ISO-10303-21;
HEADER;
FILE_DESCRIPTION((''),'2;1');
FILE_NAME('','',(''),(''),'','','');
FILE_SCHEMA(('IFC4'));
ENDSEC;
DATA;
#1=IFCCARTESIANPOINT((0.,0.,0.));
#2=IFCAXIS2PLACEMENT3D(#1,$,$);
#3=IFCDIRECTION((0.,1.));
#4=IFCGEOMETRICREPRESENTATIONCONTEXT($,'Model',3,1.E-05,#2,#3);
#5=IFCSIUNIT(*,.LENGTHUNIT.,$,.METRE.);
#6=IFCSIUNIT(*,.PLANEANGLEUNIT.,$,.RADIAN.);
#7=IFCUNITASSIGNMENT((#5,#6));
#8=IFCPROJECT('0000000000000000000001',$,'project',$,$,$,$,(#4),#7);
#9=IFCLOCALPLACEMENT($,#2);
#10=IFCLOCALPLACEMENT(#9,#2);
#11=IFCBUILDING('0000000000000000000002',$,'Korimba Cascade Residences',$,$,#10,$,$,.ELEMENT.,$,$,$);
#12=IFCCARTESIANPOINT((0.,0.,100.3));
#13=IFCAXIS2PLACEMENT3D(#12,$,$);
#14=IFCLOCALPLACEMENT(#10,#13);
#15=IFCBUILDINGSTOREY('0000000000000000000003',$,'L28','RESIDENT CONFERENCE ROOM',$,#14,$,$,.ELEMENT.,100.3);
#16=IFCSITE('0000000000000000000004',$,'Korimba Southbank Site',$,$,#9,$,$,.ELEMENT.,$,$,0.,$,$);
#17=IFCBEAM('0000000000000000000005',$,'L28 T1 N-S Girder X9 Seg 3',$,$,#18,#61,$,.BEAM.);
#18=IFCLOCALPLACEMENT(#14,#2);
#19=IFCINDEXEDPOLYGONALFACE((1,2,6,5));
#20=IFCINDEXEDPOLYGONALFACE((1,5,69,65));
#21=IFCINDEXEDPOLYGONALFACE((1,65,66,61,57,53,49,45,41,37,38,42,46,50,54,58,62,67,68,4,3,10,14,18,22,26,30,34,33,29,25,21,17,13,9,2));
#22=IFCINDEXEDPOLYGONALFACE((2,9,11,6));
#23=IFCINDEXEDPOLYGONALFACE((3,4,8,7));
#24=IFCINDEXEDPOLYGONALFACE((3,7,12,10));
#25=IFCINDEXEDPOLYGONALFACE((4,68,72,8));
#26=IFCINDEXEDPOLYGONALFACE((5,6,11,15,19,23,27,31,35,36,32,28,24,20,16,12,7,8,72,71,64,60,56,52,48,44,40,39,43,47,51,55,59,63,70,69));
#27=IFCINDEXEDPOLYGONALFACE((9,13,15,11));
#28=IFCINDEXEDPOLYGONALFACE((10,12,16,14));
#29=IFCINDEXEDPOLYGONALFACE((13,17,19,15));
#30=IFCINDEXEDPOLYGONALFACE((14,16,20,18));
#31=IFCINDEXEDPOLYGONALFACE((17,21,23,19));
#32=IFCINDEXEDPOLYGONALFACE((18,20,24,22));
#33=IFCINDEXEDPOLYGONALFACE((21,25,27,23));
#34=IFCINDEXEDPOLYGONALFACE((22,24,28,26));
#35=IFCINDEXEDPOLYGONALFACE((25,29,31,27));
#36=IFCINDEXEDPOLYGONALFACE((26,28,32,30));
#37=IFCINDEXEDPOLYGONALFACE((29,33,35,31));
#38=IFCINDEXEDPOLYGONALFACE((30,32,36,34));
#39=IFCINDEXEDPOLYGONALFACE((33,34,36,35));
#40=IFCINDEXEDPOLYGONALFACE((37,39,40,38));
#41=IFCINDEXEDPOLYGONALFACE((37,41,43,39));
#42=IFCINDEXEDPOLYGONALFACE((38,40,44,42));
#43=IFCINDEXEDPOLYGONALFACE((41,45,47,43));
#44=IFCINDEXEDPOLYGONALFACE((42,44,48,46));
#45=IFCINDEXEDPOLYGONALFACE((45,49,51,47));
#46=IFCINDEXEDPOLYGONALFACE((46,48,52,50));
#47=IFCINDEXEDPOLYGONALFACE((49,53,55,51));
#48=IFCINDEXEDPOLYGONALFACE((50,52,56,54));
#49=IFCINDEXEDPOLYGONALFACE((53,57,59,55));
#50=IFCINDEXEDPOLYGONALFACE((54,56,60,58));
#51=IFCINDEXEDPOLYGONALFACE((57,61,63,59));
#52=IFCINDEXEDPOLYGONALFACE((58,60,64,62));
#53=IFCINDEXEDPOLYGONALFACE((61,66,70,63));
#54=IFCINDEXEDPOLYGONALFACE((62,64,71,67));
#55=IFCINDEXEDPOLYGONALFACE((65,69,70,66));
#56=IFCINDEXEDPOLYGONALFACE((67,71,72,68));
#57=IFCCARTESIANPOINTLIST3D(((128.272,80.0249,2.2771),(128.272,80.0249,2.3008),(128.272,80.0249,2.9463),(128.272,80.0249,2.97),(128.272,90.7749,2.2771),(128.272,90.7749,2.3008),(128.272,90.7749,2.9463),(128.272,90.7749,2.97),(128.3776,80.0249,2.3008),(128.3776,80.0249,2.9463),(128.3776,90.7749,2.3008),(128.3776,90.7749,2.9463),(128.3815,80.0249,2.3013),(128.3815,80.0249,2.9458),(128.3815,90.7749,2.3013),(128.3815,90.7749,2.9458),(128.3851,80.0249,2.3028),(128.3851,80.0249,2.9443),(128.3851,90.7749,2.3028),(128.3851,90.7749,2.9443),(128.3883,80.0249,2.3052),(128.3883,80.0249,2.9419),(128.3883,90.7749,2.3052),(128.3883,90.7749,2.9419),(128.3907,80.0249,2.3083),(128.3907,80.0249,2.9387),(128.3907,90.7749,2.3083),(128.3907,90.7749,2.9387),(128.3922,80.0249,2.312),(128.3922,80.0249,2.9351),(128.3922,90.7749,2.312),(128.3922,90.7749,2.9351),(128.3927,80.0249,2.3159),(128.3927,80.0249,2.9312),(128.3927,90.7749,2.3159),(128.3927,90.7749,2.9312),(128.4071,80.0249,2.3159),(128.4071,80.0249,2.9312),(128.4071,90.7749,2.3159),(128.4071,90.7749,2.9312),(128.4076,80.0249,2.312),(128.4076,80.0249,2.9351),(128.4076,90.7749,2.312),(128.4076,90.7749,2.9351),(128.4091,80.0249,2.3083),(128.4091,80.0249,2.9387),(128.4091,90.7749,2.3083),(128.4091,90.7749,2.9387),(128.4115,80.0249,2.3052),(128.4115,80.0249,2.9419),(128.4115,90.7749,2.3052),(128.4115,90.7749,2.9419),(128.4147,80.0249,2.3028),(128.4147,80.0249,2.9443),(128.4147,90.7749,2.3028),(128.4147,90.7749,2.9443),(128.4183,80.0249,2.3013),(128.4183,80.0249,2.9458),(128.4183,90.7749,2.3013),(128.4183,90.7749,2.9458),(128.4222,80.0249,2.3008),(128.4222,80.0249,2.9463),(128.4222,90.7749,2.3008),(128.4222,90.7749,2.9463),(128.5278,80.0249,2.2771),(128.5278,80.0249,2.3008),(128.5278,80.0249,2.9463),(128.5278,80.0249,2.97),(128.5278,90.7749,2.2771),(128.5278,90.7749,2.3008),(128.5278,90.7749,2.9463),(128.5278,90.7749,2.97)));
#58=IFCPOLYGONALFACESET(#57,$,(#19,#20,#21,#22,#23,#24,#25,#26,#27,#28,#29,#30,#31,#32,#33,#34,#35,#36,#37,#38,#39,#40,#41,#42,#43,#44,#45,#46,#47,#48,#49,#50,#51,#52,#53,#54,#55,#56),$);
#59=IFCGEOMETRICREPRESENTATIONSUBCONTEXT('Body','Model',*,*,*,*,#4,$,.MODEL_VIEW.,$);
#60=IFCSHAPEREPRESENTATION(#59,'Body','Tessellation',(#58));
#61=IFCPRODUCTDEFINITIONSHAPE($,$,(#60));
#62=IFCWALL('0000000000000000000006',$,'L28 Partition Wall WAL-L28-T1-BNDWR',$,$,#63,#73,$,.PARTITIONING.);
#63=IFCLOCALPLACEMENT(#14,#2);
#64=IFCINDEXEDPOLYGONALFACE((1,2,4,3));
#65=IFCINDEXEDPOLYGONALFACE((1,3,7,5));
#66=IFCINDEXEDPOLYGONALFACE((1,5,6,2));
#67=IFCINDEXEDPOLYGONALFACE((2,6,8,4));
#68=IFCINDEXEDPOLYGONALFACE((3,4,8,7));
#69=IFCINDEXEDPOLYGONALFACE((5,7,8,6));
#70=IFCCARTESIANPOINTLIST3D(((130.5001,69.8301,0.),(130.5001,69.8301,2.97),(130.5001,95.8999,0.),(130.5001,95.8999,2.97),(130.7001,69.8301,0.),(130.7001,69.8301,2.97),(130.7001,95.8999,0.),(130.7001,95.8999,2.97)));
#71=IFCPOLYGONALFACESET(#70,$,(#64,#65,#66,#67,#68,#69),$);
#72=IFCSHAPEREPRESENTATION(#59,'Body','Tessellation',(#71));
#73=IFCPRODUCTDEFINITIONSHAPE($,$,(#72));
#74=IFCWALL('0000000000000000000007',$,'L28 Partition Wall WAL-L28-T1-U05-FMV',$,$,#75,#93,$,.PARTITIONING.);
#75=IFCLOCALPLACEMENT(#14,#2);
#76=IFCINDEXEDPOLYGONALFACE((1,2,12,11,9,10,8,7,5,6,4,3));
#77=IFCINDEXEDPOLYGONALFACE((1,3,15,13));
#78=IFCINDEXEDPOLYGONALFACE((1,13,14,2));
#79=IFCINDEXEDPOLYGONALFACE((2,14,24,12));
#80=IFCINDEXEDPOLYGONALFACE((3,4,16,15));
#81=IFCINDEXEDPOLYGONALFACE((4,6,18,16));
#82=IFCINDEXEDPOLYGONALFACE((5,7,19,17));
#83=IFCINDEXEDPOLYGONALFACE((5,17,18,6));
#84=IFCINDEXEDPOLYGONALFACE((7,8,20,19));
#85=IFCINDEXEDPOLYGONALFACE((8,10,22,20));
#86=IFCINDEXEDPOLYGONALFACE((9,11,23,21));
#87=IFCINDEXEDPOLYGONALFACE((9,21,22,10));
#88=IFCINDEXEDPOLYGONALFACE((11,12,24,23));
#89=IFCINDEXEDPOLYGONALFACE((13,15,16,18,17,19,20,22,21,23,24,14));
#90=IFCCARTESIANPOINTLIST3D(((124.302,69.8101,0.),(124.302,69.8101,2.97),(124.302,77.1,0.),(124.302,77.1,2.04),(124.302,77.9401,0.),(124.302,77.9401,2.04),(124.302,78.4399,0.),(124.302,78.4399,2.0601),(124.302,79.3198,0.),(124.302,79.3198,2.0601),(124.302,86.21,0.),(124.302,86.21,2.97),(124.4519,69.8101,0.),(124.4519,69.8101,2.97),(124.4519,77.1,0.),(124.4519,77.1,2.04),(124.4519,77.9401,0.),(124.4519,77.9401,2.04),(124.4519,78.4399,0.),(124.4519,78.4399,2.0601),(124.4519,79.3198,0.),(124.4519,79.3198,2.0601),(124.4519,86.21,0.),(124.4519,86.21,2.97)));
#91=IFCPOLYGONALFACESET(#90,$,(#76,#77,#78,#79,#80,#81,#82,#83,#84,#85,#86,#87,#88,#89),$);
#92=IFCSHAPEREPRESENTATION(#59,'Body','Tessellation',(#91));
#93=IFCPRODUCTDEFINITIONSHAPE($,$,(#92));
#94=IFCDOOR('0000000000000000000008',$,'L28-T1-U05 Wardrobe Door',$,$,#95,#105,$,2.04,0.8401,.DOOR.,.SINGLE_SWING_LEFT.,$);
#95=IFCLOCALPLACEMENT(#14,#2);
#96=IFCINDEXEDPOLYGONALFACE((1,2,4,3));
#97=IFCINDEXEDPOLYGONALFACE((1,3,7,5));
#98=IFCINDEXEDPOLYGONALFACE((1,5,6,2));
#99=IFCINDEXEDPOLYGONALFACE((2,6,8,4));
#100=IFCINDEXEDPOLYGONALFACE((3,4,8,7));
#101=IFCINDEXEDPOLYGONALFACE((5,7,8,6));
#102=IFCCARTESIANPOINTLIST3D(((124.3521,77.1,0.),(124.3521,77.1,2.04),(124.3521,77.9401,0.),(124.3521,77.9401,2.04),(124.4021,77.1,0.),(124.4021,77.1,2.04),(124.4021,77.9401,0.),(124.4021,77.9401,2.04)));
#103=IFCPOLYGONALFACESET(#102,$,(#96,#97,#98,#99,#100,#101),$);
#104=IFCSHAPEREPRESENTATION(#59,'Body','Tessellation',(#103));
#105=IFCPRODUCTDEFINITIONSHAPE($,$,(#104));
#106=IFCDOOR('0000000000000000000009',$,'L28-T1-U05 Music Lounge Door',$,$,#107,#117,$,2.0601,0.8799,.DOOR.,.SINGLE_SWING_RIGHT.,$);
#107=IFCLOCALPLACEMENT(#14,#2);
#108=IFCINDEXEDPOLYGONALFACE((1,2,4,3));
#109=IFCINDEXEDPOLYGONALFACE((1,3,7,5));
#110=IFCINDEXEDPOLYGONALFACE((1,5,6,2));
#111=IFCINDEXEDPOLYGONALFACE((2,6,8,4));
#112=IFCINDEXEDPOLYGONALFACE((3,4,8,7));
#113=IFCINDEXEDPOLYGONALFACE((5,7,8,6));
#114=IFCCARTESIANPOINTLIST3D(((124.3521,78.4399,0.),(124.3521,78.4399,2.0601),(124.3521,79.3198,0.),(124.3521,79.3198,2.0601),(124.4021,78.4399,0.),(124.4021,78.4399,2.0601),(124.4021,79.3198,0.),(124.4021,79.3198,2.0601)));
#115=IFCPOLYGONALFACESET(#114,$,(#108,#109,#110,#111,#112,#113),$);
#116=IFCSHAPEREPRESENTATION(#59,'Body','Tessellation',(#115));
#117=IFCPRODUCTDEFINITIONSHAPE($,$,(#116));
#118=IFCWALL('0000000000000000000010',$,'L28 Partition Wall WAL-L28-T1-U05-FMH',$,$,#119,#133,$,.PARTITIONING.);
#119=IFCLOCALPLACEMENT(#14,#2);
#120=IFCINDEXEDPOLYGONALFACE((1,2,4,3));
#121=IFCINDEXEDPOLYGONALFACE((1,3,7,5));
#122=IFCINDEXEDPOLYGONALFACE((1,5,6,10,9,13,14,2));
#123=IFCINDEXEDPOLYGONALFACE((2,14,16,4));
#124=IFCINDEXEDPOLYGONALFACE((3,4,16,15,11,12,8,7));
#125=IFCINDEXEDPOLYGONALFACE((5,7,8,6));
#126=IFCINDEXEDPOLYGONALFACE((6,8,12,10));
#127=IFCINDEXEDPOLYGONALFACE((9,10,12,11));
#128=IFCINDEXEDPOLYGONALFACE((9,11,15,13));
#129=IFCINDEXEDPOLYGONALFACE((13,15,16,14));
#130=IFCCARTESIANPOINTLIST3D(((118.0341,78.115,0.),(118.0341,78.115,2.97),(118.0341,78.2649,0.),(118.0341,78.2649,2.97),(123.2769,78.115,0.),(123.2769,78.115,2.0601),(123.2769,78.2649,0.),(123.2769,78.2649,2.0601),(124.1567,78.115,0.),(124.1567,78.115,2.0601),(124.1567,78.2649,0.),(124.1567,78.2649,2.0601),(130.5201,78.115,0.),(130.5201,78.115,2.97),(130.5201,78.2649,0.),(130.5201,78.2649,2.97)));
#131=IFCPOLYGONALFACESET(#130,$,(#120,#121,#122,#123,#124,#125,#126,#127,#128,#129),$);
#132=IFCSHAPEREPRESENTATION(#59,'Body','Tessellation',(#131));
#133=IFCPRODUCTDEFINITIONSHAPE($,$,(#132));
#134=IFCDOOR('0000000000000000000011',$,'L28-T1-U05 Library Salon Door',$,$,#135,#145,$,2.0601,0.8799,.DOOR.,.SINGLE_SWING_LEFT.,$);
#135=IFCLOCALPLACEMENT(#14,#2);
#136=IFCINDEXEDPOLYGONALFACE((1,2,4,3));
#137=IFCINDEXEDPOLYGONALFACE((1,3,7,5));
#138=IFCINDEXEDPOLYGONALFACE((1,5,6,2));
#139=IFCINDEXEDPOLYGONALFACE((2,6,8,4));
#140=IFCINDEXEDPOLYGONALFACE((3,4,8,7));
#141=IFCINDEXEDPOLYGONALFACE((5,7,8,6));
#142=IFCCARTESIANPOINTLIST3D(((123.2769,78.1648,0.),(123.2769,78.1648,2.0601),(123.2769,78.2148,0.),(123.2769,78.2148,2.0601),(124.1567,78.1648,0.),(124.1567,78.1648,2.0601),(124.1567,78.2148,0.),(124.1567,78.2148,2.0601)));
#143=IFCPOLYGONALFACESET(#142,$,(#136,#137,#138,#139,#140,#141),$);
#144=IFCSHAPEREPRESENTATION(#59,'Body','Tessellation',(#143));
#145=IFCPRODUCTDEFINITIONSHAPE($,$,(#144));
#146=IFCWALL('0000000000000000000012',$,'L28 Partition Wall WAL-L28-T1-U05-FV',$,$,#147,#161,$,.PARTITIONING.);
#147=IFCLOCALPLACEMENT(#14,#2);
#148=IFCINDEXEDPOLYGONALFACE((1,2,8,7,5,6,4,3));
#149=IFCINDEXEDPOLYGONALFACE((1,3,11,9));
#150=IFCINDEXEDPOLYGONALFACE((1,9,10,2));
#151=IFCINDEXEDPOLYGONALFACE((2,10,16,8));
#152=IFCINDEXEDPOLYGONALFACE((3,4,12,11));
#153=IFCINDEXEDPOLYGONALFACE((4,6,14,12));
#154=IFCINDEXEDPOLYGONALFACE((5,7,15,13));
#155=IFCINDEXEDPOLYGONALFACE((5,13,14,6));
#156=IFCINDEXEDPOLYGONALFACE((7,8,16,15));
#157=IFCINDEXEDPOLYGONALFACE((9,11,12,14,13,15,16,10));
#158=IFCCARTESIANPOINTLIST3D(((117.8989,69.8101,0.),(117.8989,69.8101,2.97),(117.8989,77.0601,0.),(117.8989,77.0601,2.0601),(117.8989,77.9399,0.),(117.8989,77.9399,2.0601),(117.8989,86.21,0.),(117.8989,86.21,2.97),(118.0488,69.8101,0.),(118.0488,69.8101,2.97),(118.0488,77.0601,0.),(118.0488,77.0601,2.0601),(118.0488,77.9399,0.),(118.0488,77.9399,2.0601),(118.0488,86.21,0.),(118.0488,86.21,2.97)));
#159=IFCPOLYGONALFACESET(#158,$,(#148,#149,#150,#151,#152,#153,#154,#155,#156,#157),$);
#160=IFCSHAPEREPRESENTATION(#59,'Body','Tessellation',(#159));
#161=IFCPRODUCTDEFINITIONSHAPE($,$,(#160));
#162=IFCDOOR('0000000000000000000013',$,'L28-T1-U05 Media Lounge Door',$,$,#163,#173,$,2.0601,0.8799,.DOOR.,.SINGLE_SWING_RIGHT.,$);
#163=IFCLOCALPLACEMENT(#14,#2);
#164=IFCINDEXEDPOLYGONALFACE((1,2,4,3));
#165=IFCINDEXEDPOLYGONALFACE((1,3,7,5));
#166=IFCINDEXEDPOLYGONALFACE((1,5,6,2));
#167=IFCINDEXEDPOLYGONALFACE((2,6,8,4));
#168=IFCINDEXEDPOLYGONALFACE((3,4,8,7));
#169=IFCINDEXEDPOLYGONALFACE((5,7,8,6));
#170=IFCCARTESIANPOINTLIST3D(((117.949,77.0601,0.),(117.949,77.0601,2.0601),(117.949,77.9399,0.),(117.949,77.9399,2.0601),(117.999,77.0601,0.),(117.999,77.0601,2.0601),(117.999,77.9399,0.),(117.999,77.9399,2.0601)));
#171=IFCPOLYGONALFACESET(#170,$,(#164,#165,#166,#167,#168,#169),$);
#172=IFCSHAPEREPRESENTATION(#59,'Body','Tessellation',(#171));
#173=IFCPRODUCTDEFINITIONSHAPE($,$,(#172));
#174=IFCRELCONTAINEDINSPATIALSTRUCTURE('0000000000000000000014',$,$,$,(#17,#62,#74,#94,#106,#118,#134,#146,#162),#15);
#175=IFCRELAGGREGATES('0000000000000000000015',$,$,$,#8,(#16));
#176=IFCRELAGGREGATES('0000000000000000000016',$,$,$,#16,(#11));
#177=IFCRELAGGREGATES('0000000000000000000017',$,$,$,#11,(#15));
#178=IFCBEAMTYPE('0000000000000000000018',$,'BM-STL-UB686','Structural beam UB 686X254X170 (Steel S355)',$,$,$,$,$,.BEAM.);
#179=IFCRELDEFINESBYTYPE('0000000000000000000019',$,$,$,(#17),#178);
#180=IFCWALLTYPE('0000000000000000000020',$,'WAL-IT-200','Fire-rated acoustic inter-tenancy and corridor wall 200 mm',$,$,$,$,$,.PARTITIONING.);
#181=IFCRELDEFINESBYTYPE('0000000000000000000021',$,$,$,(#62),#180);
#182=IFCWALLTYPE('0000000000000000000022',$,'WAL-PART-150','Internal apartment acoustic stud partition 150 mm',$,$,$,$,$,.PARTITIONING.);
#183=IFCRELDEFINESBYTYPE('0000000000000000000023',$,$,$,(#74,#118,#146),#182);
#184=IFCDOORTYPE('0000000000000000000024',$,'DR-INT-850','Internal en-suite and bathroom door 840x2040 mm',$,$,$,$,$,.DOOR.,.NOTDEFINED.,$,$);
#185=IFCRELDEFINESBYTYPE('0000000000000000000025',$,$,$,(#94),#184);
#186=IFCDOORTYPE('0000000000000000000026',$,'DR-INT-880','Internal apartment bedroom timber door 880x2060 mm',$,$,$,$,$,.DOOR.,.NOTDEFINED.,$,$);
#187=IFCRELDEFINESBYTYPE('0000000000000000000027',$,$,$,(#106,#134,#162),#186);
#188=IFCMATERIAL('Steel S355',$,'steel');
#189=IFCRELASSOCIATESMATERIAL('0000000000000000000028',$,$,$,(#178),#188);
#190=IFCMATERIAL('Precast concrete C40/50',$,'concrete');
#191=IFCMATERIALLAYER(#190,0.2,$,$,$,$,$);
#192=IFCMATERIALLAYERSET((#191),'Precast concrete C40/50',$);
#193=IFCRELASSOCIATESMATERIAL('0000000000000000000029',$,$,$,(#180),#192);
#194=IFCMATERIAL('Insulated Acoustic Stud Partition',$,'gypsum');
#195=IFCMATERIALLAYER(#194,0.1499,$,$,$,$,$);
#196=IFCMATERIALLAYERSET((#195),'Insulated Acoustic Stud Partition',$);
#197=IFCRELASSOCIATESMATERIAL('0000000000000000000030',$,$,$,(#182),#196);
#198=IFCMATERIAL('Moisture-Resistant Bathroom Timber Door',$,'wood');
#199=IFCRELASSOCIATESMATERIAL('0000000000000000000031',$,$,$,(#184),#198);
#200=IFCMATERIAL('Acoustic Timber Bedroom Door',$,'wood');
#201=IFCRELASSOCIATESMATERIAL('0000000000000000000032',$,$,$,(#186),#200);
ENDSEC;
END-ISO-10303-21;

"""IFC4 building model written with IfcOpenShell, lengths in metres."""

from ifc_helpers import new_model, si_unit, direction, frame, frame_2d, origin, origin_2d, place, context, subcontext, project, spatial, rectangle, i_section, extrude, material, layer, layer_set, material_profile, profile_set, type_object, element, fill, save


model = new_model("IFC4")

# Units and contexts
model_context = context("Model", 3, precision=1e-05, world=origin(), true_north=direction((0.0, 1.0)))
body_context = subcontext(model_context, "Body", "Model", "MODEL_VIEW")
ifc_project = project(units=[si_unit("LENGTHUNIT", "METRE"), si_unit("PLANEANGLEUNIT", "RADIAN")], contexts=[model_context])

# Site, building, storey
site_placement = place(None, origin())
site = spatial("IfcSite", under=ifc_project, at=site_placement, Name="Korimba Southbank Site", CompositionType="ELEMENT", RefElevation=0.0)
building_placement = place(site_placement, origin())
building = spatial("IfcBuilding", under=site, at=building_placement, Name="Korimba Cascade Residences", CompositionType="ELEMENT")
storey_placement = place(building_placement, frame((0.0, 0.0, 100.3)))
storey = spatial("IfcBuildingStorey", under=building, at=storey_placement, Name="L28", Description="RESIDENT CONFERENCE ROOM", CompositionType="ELEMENT", Elevation=100.3)

# Beam
ifc_material_1 = material(Name="Steel S355", Category="steel")
ifc_material_profile_1 = material_profile(ifc_material_1, i_section(OverallWidth=0.2559, OverallDepth=0.6929, WebThickness=0.0144, FlangeThickness=0.0237, FilletRadius=0.0151, at=origin_2d()), Name="Steel S355")
ifc_profile_set_1 = profile_set([ifc_material_profile_1], Name="Steel S355")
beam_type_1 = type_object("IfcBeamType", Name="BM-STL-UB686", Description="Structural beam UB 686X254X170 (Steel S355)", PredefinedType="BEAM", material=ifc_profile_set_1)
beam_1_placement = place(storey_placement, frame((128.3999, 80.0249, 2.6235), z_axis=(0.0, 1.0, 0.0), x_axis=(-1.0, 0.0, 0.0)))
element("IfcBeam", 1, at=beam_1_placement, inside=storey, type_object=beam_type_1, Name="L28 T1 N-S Girder X9 Seg 3", PredefinedType="BEAM", context=body_context, shape_type="SweptSolid", body=[
    extrude(i_section(OverallWidth=0.2559, OverallDepth=0.6929, WebThickness=0.0144, FlangeThickness=0.0237, FilletRadius=0.0151, at=origin_2d()), origin(), (0.0, 0.0, 1.0), 10.75),
])

# Wall
ifc_material_2 = material(Name="Precast concrete C40/50", Category="concrete")
ifc_layer_1 = layer(ifc_material_2, 0.2)
ifc_layer_set_1 = layer_set([ifc_layer_1], Name="Precast concrete C40/50")
wall_type_1 = type_object("IfcWallType", Name="WAL-IT-200", Description="Fire-rated acoustic inter-tenancy and corridor wall 200 mm", PredefinedType="PARTITIONING", material=ifc_layer_set_1)
wall_1_placement = place(storey_placement, frame((130.6001, 69.8301, 0.0), z_axis=(0.0, 0.0, 1.0), x_axis=(0.0, 1.0, 0.0)))
element("IfcWall", 2, at=wall_1_placement, inside=storey, type_object=wall_type_1, Name="L28 Partition Wall WAL-L28-T1-BNDWR", PredefinedType="PARTITIONING", context=body_context, shape_type="SweptSolid", body=[
    extrude(rectangle(XDim=26.0698, YDim=0.2, at=frame_2d((13.0349, 0.0))), origin(), (0.0, 0.0, 1.0), 2.97),
])

# Wall, openings, doors
ifc_material_3 = material(Name="Insulated Acoustic Stud Partition", Category="gypsum")
ifc_layer_2 = layer(ifc_material_3, 0.1499)
ifc_layer_set_2 = layer_set([ifc_layer_2], Name="Insulated Acoustic Stud Partition")
wall_type_2 = type_object("IfcWallType", Name="WAL-PART-150", Description="Internal apartment acoustic stud partition 150 mm", PredefinedType="PARTITIONING", material=ifc_layer_set_2)
wall_2_placement = place(storey_placement, frame((124.377, 69.8101, 0.0), z_axis=(0.0, 0.0, 1.0), x_axis=(0.0, 1.0, 0.0)))
wall_2 = element("IfcWall", 3, at=wall_2_placement, inside=storey, type_object=wall_type_2, Name="L28 Partition Wall WAL-L28-T1-U05-FMV", PredefinedType="PARTITIONING", context=body_context, shape_type="SweptSolid", body=[
    extrude(rectangle(XDim=16.3999, YDim=0.1499, at=frame_2d((8.2, 0.0))), origin(), (0.0, 0.0, 1.0), 2.97),
])
opening_1_placement = place(wall_2_placement, frame((7.29, 0.0, 0.0)))
opening_1 = element("IfcOpeningElement", 4, at=opening_1_placement, cuts=wall_2, PredefinedType="OPENING", context=body_context, shape_type="SweptSolid", body=[
    extrude(rectangle(XDim=0.8401, YDim=2.04, at=frame_2d((0.4199, 1.02))), frame((0.0, 0.085, 0.0), z_axis=(0.0, -1.0, 0.0), x_axis=(1.0, 0.0, 0.0)), (0.0, 0.0, 1.0), 0.1699),
])
opening_2_placement = place(wall_2_placement, frame((8.6299, 0.0, 0.0)))
opening_2 = element("IfcOpeningElement", 5, at=opening_2_placement, cuts=wall_2, PredefinedType="OPENING", context=body_context, shape_type="SweptSolid", body=[
    extrude(rectangle(XDim=0.8799, YDim=2.0601, at=frame_2d((0.4399, 1.03))), frame((0.0, 0.085, 0.0), z_axis=(0.0, -1.0, 0.0), x_axis=(1.0, 0.0, 0.0)), (0.0, 0.0, 1.0), 0.1699),
])
ifc_material_4 = material(Name="Moisture-Resistant Bathroom Timber Door", Category="wood")
door_type_1 = type_object("IfcDoorType", Name="DR-INT-850", Description="Internal en-suite and bathroom door 840x2040 mm", OperationType="NOTDEFINED", PredefinedType="DOOR", material=ifc_material_4)
door_1_placement = place(opening_1_placement, origin())
door_1 = element("IfcDoor", 6, at=door_1_placement, inside=storey, type_object=door_type_1, Name="L28-T1-U05 Wardrobe Door", OperationType="SINGLE_SWING_LEFT", OverallHeight=2.04, OverallWidth=0.8401, PredefinedType="DOOR", context=body_context, shape_type="SweptSolid", body=[
    extrude(rectangle(XDim=0.8401, YDim=2.04, at=frame_2d((0.4199, 1.02))), frame((0.0, 0.0249, 0.0), z_axis=(0.0, -1.0, 0.0), x_axis=(1.0, 0.0, 0.0)), (0.0, 0.0, 1.0), 0.05),
])
fill(opening_1, door_1)
ifc_material_5 = material(Name="Acoustic Timber Bedroom Door", Category="wood")
door_type_2 = type_object("IfcDoorType", Name="DR-INT-880", Description="Internal apartment bedroom timber door 880x2060 mm", OperationType="NOTDEFINED", PredefinedType="DOOR", material=ifc_material_5)
door_2_placement = place(opening_2_placement, origin())
door_2 = element("IfcDoor", 7, at=door_2_placement, inside=storey, type_object=door_type_2, Name="L28-T1-U05 Music Lounge Door", OperationType="SINGLE_SWING_RIGHT", OverallHeight=2.0601, OverallWidth=0.8799, PredefinedType="DOOR", context=body_context, shape_type="SweptSolid", body=[
    extrude(rectangle(XDim=0.8799, YDim=2.0601, at=frame_2d((0.4399, 1.03))), frame((0.0, 0.0249, 0.0), z_axis=(0.0, -1.0, 0.0), x_axis=(1.0, 0.0, 0.0)), (0.0, 0.0, 1.0), 0.05),
])
fill(opening_2, door_2)

# Walls, openings, doors
wall_3_placement = place(storey_placement, frame((118.0339, 78.1899, 0.0), z_axis=(0.0, 0.0, 1.0), x_axis=(1.0, 0.0, 0.0)))
wall_3 = element("IfcWall", 8, at=wall_3_placement, inside=storey, type_object=wall_type_2, Name="L28 Partition Wall WAL-L28-T1-U05-FMH", PredefinedType="PARTITIONING", context=body_context, shape_type="SweptSolid", body=[
    extrude(rectangle(XDim=12.4861, YDim=0.1499, at=frame_2d((6.2432, 0.0))), origin(), (0.0, 0.0, 1.0), 2.97),
])
opening_3_placement = place(wall_3_placement, frame((5.2429, 0.0, 0.0)))
opening_3 = element("IfcOpeningElement", 9, at=opening_3_placement, cuts=wall_3, PredefinedType="OPENING", context=body_context, shape_type="SweptSolid", body=[
    extrude(rectangle(XDim=0.8799, YDim=2.0601, at=frame_2d((0.4399, 1.03))), frame((0.0, 0.085, 0.0), z_axis=(0.0, -1.0, 0.0), x_axis=(1.0, 0.0, 0.0)), (0.0, 0.0, 1.0), 0.1699),
])
door_3_placement = place(opening_3_placement, origin())
door_3 = element("IfcDoor", 10, at=door_3_placement, inside=storey, type_object=door_type_2, Name="L28-T1-U05 Library Salon Door", OperationType="SINGLE_SWING_LEFT", OverallHeight=2.0601, OverallWidth=0.8799, PredefinedType="DOOR", context=body_context, shape_type="SweptSolid", body=[
    extrude(rectangle(XDim=0.8799, YDim=2.0601, at=frame_2d((0.4399, 1.03))), frame((0.0, 0.0249, 0.0), z_axis=(0.0, -1.0, 0.0), x_axis=(1.0, 0.0, 0.0)), (0.0, 0.0, 1.0), 0.05),
])
fill(opening_3, door_3)
wall_4_placement = place(storey_placement, frame((117.9739, 69.8101, 0.0), z_axis=(0.0, 0.0, 1.0), x_axis=(0.0, 1.0, 0.0)))
wall_4 = element("IfcWall", 11, at=wall_4_placement, inside=storey, type_object=wall_type_2, Name="L28 Partition Wall WAL-L28-T1-U05-FV", PredefinedType="PARTITIONING", context=body_context, shape_type="SweptSolid", body=[
    extrude(rectangle(XDim=16.3999, YDim=0.1499, at=frame_2d((8.2, 0.0))), origin(), (0.0, 0.0, 1.0), 2.97),
])
opening_4_placement = place(wall_4_placement, frame((7.25, 0.0, 0.0)))
opening_4 = element("IfcOpeningElement", 12, at=opening_4_placement, cuts=wall_4, PredefinedType="OPENING", context=body_context, shape_type="SweptSolid", body=[
    extrude(rectangle(XDim=0.8799, YDim=2.0601, at=frame_2d((0.4399, 1.03))), frame((0.0, 0.085, 0.0), z_axis=(0.0, -1.0, 0.0), x_axis=(1.0, 0.0, 0.0)), (0.0, 0.0, 1.0), 0.1699),
])
door_4_placement = place(opening_4_placement, origin())
door_4 = element("IfcDoor", 13, at=door_4_placement, inside=storey, type_object=door_type_2, Name="L28-T1-U05 Media Lounge Door", OperationType="SINGLE_SWING_RIGHT", OverallHeight=2.0601, OverallWidth=0.8799, PredefinedType="DOOR", context=body_context, shape_type="SweptSolid", body=[
    extrude(rectangle(XDim=0.8799, YDim=2.0601, at=frame_2d((0.4399, 1.03))), frame((0.0, 0.0249, 0.0), z_axis=(0.0, -1.0, 0.0), x_axis=(1.0, 0.0, 0.0)), (0.0, 0.0, 1.0), 0.05),
])
fill(opening_4, door_4)

save(model, "model.ifc")
